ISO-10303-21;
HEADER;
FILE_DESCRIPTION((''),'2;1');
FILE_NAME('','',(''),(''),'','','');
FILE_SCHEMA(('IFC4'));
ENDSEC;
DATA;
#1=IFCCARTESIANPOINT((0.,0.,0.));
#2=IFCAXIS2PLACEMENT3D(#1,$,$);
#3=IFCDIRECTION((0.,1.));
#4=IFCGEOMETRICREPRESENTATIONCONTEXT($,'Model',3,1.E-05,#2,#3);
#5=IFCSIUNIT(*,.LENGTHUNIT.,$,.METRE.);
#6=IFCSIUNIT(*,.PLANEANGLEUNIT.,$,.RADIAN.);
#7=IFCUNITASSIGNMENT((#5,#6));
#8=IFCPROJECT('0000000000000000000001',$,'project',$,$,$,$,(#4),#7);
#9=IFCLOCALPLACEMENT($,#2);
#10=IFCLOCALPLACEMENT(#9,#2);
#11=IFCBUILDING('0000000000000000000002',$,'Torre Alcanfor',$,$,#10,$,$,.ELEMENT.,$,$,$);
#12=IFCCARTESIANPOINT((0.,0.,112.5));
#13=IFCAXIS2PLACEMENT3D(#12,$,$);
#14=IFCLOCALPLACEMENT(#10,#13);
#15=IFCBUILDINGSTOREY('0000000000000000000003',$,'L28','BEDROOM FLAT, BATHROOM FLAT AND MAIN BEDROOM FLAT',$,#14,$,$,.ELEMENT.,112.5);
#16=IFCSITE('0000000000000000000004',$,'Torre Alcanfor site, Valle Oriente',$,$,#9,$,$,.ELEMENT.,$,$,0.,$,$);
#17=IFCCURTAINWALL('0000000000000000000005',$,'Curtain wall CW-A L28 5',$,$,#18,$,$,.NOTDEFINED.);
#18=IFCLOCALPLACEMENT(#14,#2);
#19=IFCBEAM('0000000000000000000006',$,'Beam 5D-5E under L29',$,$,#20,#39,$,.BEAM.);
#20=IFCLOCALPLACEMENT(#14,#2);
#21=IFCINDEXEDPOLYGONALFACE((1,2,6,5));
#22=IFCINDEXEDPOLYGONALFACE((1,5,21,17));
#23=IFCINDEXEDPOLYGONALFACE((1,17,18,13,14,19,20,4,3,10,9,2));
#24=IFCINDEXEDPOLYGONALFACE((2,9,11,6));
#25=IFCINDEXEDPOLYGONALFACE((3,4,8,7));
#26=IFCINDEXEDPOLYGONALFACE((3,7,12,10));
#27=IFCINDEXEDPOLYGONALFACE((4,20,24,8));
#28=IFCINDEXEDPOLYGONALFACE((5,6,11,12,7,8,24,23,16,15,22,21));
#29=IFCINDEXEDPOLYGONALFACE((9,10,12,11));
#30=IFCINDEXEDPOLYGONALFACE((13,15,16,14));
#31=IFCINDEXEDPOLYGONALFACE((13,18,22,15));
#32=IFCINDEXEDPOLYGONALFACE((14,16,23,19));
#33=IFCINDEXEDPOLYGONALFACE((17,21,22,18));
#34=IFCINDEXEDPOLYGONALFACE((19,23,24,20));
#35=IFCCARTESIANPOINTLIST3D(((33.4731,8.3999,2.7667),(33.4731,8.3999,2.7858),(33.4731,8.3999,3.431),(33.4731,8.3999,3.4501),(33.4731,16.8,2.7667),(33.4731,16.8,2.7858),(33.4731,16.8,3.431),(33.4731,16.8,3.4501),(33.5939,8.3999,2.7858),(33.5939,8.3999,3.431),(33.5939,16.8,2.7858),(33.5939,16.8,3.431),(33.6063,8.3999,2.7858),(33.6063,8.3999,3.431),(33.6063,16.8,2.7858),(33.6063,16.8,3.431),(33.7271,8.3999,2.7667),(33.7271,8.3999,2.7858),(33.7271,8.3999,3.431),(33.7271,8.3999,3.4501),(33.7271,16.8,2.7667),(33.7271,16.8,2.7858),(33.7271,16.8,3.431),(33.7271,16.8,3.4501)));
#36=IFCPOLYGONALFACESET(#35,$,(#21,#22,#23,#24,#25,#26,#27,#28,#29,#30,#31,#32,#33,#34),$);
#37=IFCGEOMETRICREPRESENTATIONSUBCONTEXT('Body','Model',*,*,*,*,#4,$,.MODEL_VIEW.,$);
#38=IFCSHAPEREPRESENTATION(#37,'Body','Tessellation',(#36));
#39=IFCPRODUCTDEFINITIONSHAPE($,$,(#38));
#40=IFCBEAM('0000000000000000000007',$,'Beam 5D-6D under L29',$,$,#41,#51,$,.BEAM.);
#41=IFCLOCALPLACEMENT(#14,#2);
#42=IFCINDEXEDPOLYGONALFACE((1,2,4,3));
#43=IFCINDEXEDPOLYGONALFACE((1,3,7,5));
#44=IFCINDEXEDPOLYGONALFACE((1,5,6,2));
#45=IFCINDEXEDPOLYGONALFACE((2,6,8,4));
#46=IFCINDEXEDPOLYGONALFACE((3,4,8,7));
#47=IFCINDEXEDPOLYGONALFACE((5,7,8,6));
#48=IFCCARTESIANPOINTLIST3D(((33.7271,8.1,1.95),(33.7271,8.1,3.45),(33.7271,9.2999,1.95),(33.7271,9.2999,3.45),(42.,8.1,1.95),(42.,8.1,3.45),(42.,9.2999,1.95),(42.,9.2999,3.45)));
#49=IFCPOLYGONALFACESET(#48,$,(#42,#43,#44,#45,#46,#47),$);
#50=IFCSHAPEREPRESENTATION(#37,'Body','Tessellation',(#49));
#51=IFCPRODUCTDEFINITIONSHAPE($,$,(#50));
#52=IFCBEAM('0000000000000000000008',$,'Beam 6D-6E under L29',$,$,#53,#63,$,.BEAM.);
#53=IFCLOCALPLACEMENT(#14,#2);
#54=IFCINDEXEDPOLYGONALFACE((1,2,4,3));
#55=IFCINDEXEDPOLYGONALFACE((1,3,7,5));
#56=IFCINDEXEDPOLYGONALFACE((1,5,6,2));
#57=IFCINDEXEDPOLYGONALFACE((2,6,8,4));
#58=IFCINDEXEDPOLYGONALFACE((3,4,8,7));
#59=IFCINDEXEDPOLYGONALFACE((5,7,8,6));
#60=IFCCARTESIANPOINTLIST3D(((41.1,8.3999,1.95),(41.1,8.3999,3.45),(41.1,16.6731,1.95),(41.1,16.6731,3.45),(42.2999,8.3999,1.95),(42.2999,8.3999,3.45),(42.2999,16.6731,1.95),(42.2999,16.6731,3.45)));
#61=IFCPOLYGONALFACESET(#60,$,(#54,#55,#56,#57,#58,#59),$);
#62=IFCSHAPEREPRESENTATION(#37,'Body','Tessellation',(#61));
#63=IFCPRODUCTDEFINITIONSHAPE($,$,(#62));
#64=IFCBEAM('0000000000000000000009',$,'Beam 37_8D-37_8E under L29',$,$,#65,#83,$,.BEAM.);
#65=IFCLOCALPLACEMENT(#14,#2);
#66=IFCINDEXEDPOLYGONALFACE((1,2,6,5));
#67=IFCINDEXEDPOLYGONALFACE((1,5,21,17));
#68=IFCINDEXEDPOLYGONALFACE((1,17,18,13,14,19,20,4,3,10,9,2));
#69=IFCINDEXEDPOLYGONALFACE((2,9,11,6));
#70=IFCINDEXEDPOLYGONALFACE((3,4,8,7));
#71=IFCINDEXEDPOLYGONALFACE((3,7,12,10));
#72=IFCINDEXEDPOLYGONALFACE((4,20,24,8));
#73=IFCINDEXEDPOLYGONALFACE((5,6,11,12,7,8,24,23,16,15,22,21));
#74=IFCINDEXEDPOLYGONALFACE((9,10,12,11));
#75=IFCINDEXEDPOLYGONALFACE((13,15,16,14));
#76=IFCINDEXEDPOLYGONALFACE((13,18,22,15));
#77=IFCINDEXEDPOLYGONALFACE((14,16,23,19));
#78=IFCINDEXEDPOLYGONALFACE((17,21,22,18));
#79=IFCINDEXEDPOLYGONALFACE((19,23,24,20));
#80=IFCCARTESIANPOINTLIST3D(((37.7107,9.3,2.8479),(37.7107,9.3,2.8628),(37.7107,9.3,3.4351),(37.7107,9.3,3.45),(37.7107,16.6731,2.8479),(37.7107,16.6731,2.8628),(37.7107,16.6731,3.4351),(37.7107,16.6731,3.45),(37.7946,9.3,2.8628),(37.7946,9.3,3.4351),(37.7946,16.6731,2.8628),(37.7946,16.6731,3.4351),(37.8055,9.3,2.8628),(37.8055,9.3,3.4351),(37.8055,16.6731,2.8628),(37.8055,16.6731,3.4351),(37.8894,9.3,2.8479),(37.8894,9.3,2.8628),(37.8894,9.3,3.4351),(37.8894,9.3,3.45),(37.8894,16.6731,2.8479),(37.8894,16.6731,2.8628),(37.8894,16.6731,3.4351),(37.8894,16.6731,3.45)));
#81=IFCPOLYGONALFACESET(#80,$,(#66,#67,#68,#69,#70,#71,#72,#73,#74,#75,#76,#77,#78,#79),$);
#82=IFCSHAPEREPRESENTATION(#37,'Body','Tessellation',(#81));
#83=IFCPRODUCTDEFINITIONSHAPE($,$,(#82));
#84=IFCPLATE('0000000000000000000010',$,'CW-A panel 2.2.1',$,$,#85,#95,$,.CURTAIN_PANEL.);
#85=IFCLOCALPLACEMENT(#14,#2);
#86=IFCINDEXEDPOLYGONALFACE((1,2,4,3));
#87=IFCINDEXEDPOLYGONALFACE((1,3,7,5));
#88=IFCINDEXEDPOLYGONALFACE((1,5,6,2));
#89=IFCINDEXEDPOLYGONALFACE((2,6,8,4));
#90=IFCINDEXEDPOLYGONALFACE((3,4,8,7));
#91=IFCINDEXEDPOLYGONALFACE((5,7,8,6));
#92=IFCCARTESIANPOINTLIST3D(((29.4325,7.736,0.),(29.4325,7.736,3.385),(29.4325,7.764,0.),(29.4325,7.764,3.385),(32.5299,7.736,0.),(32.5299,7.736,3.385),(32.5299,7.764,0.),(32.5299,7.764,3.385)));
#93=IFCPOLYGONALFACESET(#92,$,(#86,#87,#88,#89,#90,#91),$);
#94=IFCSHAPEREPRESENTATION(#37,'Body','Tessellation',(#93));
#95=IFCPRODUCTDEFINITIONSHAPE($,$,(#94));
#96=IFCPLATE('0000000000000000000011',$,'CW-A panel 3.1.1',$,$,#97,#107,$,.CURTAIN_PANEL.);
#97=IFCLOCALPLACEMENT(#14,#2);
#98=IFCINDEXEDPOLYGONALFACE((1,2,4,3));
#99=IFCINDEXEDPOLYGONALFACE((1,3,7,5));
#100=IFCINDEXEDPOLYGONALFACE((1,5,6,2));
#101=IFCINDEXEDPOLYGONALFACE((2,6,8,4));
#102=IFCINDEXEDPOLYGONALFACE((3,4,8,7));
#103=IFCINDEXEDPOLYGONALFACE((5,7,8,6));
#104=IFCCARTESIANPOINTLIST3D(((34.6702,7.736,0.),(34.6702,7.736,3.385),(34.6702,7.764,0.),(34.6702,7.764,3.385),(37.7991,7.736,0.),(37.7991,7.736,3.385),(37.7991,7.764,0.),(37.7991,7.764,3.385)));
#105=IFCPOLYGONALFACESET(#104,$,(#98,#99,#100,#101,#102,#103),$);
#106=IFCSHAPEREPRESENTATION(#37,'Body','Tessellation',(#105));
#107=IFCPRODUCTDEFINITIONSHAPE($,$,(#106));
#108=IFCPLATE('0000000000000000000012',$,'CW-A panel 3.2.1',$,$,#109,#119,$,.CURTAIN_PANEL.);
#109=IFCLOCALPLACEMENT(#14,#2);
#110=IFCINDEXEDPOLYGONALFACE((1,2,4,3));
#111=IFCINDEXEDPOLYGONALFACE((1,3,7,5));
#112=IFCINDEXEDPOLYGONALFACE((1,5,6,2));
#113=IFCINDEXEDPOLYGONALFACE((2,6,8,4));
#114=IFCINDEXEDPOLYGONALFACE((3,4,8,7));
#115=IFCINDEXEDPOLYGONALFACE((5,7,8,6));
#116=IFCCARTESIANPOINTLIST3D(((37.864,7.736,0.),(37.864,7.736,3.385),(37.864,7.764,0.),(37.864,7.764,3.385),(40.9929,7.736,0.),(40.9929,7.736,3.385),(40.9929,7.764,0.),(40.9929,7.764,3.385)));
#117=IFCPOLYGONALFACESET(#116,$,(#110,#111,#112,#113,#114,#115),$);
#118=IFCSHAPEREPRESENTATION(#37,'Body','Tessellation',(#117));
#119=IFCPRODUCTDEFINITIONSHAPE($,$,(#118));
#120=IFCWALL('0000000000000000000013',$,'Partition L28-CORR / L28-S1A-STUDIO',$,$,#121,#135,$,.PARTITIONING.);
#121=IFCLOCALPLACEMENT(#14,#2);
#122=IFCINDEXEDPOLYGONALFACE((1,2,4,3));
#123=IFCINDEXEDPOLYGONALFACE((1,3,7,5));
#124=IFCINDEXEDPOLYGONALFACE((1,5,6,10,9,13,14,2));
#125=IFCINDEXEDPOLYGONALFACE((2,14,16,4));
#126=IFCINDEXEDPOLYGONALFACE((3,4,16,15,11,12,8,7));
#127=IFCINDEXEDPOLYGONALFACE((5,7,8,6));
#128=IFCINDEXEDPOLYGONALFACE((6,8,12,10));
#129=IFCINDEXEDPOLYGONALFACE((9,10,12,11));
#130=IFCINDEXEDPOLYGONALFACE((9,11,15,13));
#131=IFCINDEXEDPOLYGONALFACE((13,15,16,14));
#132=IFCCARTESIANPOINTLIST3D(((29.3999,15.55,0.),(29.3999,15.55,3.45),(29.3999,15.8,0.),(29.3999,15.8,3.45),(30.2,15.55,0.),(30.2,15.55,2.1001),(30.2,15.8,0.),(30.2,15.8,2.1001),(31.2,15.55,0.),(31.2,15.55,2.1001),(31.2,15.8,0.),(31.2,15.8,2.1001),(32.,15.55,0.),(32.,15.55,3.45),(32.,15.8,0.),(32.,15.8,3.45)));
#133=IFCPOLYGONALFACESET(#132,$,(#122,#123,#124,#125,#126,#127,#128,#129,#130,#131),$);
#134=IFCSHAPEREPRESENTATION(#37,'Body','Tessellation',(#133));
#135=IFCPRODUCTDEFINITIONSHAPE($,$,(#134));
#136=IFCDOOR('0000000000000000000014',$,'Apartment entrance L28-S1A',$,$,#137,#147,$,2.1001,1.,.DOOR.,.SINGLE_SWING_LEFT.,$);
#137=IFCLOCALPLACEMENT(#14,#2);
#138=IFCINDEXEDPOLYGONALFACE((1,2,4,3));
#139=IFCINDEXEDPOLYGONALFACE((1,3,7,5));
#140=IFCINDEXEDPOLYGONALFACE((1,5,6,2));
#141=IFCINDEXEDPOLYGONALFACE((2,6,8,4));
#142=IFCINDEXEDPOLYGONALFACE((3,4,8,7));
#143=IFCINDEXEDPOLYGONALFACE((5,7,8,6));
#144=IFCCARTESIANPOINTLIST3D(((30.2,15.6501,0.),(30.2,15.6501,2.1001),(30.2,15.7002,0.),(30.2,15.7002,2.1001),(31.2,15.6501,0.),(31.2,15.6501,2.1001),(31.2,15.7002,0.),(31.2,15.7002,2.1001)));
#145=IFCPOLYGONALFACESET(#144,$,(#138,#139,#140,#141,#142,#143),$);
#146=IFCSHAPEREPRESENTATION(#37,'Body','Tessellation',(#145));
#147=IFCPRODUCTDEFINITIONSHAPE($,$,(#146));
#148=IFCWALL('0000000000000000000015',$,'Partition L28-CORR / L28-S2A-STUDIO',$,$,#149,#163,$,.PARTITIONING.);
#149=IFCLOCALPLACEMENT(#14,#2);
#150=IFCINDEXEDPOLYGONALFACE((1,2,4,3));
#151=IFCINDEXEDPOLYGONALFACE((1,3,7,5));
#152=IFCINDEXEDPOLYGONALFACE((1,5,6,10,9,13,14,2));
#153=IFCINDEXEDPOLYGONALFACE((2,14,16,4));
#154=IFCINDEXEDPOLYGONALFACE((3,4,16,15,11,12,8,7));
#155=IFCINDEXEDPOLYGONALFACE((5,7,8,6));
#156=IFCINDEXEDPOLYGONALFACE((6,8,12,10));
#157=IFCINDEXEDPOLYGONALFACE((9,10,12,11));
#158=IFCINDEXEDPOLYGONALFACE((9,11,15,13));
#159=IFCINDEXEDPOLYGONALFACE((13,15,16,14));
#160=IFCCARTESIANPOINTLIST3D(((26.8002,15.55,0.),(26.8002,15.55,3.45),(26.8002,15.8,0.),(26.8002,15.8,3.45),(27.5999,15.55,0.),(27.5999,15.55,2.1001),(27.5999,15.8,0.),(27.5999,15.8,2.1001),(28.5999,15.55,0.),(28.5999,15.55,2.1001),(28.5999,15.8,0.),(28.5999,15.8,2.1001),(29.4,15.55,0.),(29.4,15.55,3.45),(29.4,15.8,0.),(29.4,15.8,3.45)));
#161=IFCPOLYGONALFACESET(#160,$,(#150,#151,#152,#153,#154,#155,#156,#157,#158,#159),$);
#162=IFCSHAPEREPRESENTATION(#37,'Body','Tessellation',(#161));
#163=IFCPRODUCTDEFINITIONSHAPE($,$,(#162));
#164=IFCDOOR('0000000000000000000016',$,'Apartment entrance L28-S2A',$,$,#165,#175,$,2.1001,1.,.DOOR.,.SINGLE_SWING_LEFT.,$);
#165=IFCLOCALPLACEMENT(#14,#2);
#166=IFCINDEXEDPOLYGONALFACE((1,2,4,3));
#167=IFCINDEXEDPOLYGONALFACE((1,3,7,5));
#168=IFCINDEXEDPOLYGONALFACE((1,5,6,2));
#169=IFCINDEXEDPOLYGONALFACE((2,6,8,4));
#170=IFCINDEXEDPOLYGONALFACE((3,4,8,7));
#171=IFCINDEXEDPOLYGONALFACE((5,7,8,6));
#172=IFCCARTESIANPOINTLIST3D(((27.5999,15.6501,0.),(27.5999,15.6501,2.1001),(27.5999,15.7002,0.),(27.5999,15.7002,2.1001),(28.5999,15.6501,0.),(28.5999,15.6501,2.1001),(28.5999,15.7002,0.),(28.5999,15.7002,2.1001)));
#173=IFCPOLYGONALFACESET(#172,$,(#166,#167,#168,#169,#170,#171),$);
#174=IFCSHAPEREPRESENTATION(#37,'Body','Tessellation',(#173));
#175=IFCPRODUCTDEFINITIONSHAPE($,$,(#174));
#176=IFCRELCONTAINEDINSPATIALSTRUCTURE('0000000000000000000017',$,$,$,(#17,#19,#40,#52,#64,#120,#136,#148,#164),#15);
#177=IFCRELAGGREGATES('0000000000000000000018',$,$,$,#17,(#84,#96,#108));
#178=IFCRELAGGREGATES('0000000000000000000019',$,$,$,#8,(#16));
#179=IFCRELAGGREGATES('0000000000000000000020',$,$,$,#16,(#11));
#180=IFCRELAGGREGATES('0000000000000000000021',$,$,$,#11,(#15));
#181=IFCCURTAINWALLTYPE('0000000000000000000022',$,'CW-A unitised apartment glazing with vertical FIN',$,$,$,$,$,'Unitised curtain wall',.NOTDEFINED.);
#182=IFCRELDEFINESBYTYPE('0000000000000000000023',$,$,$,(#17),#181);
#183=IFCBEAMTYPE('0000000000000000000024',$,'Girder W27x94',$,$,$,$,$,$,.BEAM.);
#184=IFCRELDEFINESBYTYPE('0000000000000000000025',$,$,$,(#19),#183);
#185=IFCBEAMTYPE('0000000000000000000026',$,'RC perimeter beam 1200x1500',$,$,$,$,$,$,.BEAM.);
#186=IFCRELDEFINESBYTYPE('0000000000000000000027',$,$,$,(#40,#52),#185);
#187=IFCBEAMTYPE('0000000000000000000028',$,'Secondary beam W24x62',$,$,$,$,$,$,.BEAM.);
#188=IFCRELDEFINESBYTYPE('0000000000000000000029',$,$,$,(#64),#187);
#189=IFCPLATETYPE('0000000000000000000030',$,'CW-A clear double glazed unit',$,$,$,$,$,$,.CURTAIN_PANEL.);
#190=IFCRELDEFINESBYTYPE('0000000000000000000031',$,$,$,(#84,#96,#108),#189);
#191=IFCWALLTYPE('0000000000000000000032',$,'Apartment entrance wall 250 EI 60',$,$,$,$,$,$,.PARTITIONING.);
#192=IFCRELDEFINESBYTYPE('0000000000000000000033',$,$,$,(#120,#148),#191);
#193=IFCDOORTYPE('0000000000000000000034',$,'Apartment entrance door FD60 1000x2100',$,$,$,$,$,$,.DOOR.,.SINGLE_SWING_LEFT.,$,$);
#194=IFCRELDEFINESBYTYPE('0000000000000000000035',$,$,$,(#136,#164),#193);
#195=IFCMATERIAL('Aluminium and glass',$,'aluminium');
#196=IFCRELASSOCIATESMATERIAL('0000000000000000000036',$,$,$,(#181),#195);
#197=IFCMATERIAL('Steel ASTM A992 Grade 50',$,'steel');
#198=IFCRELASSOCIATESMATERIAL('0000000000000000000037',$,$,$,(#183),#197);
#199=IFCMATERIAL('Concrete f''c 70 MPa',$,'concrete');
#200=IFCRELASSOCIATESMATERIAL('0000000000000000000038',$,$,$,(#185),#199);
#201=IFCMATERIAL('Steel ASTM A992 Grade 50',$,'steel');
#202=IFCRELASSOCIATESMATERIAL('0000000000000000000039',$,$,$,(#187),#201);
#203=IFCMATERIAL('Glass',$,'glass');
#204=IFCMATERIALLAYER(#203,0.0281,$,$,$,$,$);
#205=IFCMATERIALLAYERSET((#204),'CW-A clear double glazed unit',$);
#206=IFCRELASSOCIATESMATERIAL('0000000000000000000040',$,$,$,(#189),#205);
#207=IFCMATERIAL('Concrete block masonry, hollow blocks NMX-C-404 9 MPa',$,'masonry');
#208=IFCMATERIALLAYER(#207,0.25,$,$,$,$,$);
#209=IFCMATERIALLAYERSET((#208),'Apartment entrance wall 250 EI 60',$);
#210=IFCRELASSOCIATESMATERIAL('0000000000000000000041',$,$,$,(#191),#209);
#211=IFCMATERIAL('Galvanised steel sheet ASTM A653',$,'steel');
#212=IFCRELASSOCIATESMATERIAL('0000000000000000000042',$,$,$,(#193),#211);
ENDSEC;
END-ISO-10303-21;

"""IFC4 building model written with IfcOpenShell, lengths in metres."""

from ifc_helpers import new_model, si_unit, direction, frame, frame_2d, origin, origin_2d, place, context, subcontext, project, spatial, rectangle, i_section, extrude, material, layer, layer_set, material_profile, profile_set, type_object, element, fill, aggregate, save


model = new_model("IFC4")

# Units and contexts
model_context = context("Model", 3, precision=1e-05, world=origin(), true_north=direction((0.0, 1.0)))
body_context = subcontext(model_context, "Body", "Model", "MODEL_VIEW")
ifc_project = project(units=[si_unit("LENGTHUNIT", "METRE"), si_unit("PLANEANGLEUNIT", "RADIAN")], contexts=[model_context])

# Site, building, storey
site_placement = place(None, origin())
site = spatial("IfcSite", under=ifc_project, at=site_placement, Name="Torre Alcanfor site, Valle Oriente", CompositionType="ELEMENT", RefElevation=0.0)
building_placement = place(site_placement, origin())
building = spatial("IfcBuilding", under=site, at=building_placement, Name="Torre Alcanfor", CompositionType="ELEMENT")
storey_placement = place(building_placement, frame((0.0, 0.0, 112.5)))
storey = spatial("IfcBuildingStorey", under=building, at=storey_placement, Name="L28", Description="BEDROOM FLAT, BATHROOM FLAT AND MAIN BEDROOM FLAT", CompositionType="ELEMENT", Elevation=112.5)

# Curtain wall
ifc_material_1 = material(Name="Aluminium and glass", Category="aluminium")
curtain_wall_type = type_object("IfcCurtainWallType", Name="CW-A unitised apartment glazing with vertical FIN", ElementType="Unitised curtain wall", PredefinedType="NOTDEFINED", material=ifc_material_1)
curtain_wall_placement = place(storey_placement, origin())
curtain_wall = element("IfcCurtainWall", 1, at=curtain_wall_placement, inside=storey, type_object=curtain_wall_type, Name="Curtain wall CW-A L28 5", PredefinedType="NOTDEFINED")

# Beams
ifc_material_2 = material(Name="Steel ASTM A992 Grade 50", Category="steel")
ifc_material_profile_1 = material_profile(ifc_material_2, i_section(OverallWidth=0.2539, OverallDepth=0.6833, WebThickness=0.0125, FlangeThickness=0.019, at=origin_2d()), Name="W27x94")
ifc_profile_set_1 = profile_set([ifc_material_profile_1], Name="Steel ASTM A992 Grade 50")
beam_type_1 = type_object("IfcBeamType", Name="Girder W27x94", PredefinedType="BEAM", material=ifc_profile_set_1)
beam_1_placement = place(storey_placement, frame((33.6001, 8.3999, 3.1084), z_axis=(0.0, 1.0, 0.0), x_axis=(-1.0, 0.0, 0.0)))
element("IfcBeam", 2, at=beam_1_placement, inside=storey, type_object=beam_type_1, Name="Beam 5D-5E under L29", PredefinedType="BEAM", context=body_context, shape_type="SweptSolid", body=[
    extrude(i_section(OverallWidth=0.2539, OverallDepth=0.6833, WebThickness=0.0125, FlangeThickness=0.019, at=origin_2d()), origin(), (0.0, 0.0, 1.0), 8.4001),
])
ifc_material_3 = material(Name="Concrete f'c 70 MPa", Category="concrete")
ifc_material_profile_2 = material_profile(ifc_material_3, rectangle(XDim=1.2, YDim=1.5, at=origin_2d()), Name="1200x1500")
ifc_profile_set_2 = profile_set([ifc_material_profile_2], Name="Concrete f'c 70 MPa")
beam_type_2 = type_object("IfcBeamType", Name="RC perimeter beam 1200x1500", PredefinedType="BEAM", material=ifc_profile_set_2)
beam_2_placement = place(storey_placement, frame((33.7271, 8.7, 2.7), z_axis=(1.0, 0.0, 0.0), x_axis=(0.0, 1.0, 0.0)))
element("IfcBeam", 3, at=beam_2_placement, inside=storey, type_object=beam_type_2, Name="Beam 5D-6D under L29", PredefinedType="BEAM", context=body_context, shape_type="SweptSolid", body=[
    extrude(rectangle(XDim=1.2, YDim=1.5, at=origin_2d()), origin(), (0.0, 0.0, 1.0), 8.2729),
])
beam_3_placement = place(storey_placement, frame((41.7, 8.3999, 2.7), z_axis=(0.0, 1.0, 0.0), x_axis=(-1.0, 0.0, 0.0)))
element("IfcBeam", 4, at=beam_3_placement, inside=storey, type_object=beam_type_2, Name="Beam 6D-6E under L29", PredefinedType="BEAM", context=body_context, shape_type="SweptSolid", body=[
    extrude(rectangle(XDim=1.2, YDim=1.5, at=origin_2d()), origin(), (0.0, 0.0, 1.0), 8.2732),
])
ifc_material_4 = material(Name="Steel ASTM A992 Grade 50", Category="steel")
ifc_material_profile_3 = material_profile(ifc_material_4, i_section(OverallWidth=0.1787, OverallDepth=0.6021, WebThickness=0.011, FlangeThickness=0.0149, at=origin_2d()), Name="W24x62")
ifc_profile_set_3 = profile_set([ifc_material_profile_3], Name="Steel ASTM A992 Grade 50")
beam_type_3 = type_object("IfcBeamType", Name="Secondary beam W24x62", PredefinedType="BEAM", material=ifc_profile_set_3)
beam_4_placement = place(storey_placement, frame((37.8, 9.3, 3.1489), z_axis=(0.0, 1.0, 0.0), x_axis=(-1.0, 0.0, 0.0)))
element("IfcBeam", 5, at=beam_4_placement, inside=storey, type_object=beam_type_3, Name="Beam 37_8D-37_8E under L29", PredefinedType="BEAM", context=body_context, shape_type="SweptSolid", body=[
    extrude(i_section(OverallWidth=0.1787, OverallDepth=0.6021, WebThickness=0.011, FlangeThickness=0.0149, at=origin_2d()), origin(), (0.0, 0.0, 1.0), 7.373),
])

# Plates
ifc_material_5 = material(Name="Glass", Category="glass")
ifc_layer_1 = layer(ifc_material_5, 0.0281)
ifc_layer_set_1 = layer_set([ifc_layer_1], Name="CW-A clear double glazed unit")
plate_type = type_object("IfcPlateType", Name="CW-A clear double glazed unit", PredefinedType="CURTAIN_PANEL", material=ifc_layer_set_1)
plate_1_placement = place(storey_placement, frame((30.9812, 7.75, 0.0), z_axis=(0.0, 0.0, 1.0), x_axis=(1.0, 0.0, 0.0)))
plate_1 = element("IfcPlate", 6, at=plate_1_placement, type_object=plate_type, Name="CW-A panel 2.2.1", PredefinedType="CURTAIN_PANEL", context=body_context, shape_type="SweptSolid", body=[
    extrude(rectangle(XDim=3.0974, YDim=0.0281, at=origin_2d()), origin(), (0.0, 0.0, 1.0), 3.385),
])
plate_2_placement = place(storey_placement, frame((36.2346, 7.75, 0.0), z_axis=(0.0, 0.0, 1.0), x_axis=(1.0, 0.0, 0.0)))
plate_2 = element("IfcPlate", 7, at=plate_2_placement, type_object=plate_type, Name="CW-A panel 3.1.1", PredefinedType="CURTAIN_PANEL", context=body_context, shape_type="SweptSolid", body=[
    extrude(rectangle(XDim=3.1289, YDim=0.0281, at=origin_2d()), origin(), (0.0, 0.0, 1.0), 3.385),
])
plate_3_placement = place(storey_placement, frame((39.4285, 7.75, 0.0), z_axis=(0.0, 0.0, 1.0), x_axis=(1.0, 0.0, 0.0)))
plate_3 = element("IfcPlate", 8, at=plate_3_placement, type_object=plate_type, Name="CW-A panel 3.2.1", PredefinedType="CURTAIN_PANEL", context=body_context, shape_type="SweptSolid", body=[
    extrude(rectangle(XDim=3.1289, YDim=0.0281, at=origin_2d()), origin(), (0.0, 0.0, 1.0), 3.385),
])
aggregate(curtain_wall, [plate_1, plate_2, plate_3])

# Walls, openings, doors
ifc_material_6 = material(Name="Concrete block masonry, hollow blocks NMX-C-404 9 MPa", Category="masonry")
ifc_layer_2 = layer(ifc_material_6, 0.25)
ifc_layer_set_2 = layer_set([ifc_layer_2], Name="Apartment entrance wall 250 EI 60")
wall_type_1 = type_object("IfcWallType", Name="Apartment entrance wall 250 EI 60", PredefinedType="PARTITIONING", material=ifc_layer_set_2)
wall_1_placement = place(storey_placement, frame((32.0, 15.675, 0.0), z_axis=(0.0, 0.0, 1.0), x_axis=(-1.0, 0.0, 0.0)))
wall_1 = element("IfcWall", 9, at=wall_1_placement, inside=storey, type_object=wall_type_1, Name="Partition L28-CORR / L28-S1A-STUDIO", PredefinedType="PARTITIONING", context=body_context, shape_type="SweptSolid", body=[
    extrude(rectangle(XDim=2.6001, YDim=0.25, at=frame_2d((1.3, 0.0))), origin(), (0.0, 0.0, 1.0), 3.45),
])
opening_1_placement = place(wall_1_placement, frame((0.8, 0.0, 0.0)))
opening_1 = element("IfcOpeningElement", 10, at=opening_1_placement, cuts=wall_1, PredefinedType="OPENING", context=body_context, shape_type="SweptSolid", body=[
    extrude(rectangle(XDim=1.0, YDim=2.1001, at=frame_2d((0.5, 1.05))), frame((0.0, 0.135, 0.0), z_axis=(0.0, -1.0, 0.0), x_axis=(1.0, 0.0, 0.0)), (0.0, 0.0, 1.0), 0.27),
])
ifc_material_7 = material(Name="Galvanised steel sheet ASTM A653", Category="steel")
door_type_1 = type_object("IfcDoorType", Name="Apartment entrance door FD60 1000x2100", OperationType="SINGLE_SWING_LEFT", PredefinedType="DOOR", material=ifc_material_7)
door_1_placement = place(opening_1_placement, origin())
door_1 = element("IfcDoor", 11, at=door_1_placement, inside=storey, type_object=door_type_1, Name="Apartment entrance L28-S1A", OperationType="SINGLE_SWING_LEFT", OverallHeight=2.1001, OverallWidth=1.0, PredefinedType="DOOR", context=body_context, shape_type="SweptSolid", body=[
    extrude(rectangle(XDim=1.0, YDim=2.1001, at=frame_2d((0.5, 1.05))), frame((0.0, 0.0249, 0.0), z_axis=(0.0, -1.0, 0.0), x_axis=(1.0, 0.0, 0.0)), (0.0, 0.0, 1.0), 0.05),
])
fill(opening_1, door_1)
wall_2_placement = place(storey_placement, frame((29.3999, 15.675, 0.0), z_axis=(0.0, 0.0, 1.0), x_axis=(-1.0, 0.0, 0.0)))
wall_2 = element("IfcWall", 12, at=wall_2_placement, inside=storey, type_object=wall_type_1, Name="Partition L28-CORR / L28-S2A-STUDIO", PredefinedType="PARTITIONING", context=body_context, shape_type="SweptSolid", body=[
    extrude(rectangle(XDim=2.5999, YDim=0.25, at=frame_2d((1.2998, 0.0))), origin(), (0.0, 0.0, 1.0), 3.45),
])
opening_2_placement = place(wall_2_placement, frame((0.8, 0.0, 0.0)))
opening_2 = element("IfcOpeningElement", 13, at=opening_2_placement, cuts=wall_2, PredefinedType="OPENING", context=body_context, shape_type="SweptSolid", body=[
    extrude(rectangle(XDim=1.0, YDim=2.1001, at=frame_2d((0.5, 1.05))), frame((0.0, 0.135, 0.0), z_axis=(0.0, -1.0, 0.0), x_axis=(1.0, 0.0, 0.0)), (0.0, 0.0, 1.0), 0.27),
])
door_2_placement = place(opening_2_placement, origin())
door_2 = element("IfcDoor", 14, at=door_2_placement, inside=storey, type_object=door_type_1, Name="Apartment entrance L28-S2A", OperationType="SINGLE_SWING_LEFT", OverallHeight=2.1001, OverallWidth=1.0, PredefinedType="DOOR", context=body_context, shape_type="SweptSolid", body=[
    extrude(rectangle(XDim=1.0, YDim=2.1001, at=frame_2d((0.5, 1.05))), frame((0.0, 0.0249, 0.0), z_axis=(0.0, -1.0, 0.0), x_axis=(1.0, 0.0, 0.0)), (0.0, 0.0, 1.0), 0.05),
])
fill(opening_2, door_2)

save(model, "model.ifc")
